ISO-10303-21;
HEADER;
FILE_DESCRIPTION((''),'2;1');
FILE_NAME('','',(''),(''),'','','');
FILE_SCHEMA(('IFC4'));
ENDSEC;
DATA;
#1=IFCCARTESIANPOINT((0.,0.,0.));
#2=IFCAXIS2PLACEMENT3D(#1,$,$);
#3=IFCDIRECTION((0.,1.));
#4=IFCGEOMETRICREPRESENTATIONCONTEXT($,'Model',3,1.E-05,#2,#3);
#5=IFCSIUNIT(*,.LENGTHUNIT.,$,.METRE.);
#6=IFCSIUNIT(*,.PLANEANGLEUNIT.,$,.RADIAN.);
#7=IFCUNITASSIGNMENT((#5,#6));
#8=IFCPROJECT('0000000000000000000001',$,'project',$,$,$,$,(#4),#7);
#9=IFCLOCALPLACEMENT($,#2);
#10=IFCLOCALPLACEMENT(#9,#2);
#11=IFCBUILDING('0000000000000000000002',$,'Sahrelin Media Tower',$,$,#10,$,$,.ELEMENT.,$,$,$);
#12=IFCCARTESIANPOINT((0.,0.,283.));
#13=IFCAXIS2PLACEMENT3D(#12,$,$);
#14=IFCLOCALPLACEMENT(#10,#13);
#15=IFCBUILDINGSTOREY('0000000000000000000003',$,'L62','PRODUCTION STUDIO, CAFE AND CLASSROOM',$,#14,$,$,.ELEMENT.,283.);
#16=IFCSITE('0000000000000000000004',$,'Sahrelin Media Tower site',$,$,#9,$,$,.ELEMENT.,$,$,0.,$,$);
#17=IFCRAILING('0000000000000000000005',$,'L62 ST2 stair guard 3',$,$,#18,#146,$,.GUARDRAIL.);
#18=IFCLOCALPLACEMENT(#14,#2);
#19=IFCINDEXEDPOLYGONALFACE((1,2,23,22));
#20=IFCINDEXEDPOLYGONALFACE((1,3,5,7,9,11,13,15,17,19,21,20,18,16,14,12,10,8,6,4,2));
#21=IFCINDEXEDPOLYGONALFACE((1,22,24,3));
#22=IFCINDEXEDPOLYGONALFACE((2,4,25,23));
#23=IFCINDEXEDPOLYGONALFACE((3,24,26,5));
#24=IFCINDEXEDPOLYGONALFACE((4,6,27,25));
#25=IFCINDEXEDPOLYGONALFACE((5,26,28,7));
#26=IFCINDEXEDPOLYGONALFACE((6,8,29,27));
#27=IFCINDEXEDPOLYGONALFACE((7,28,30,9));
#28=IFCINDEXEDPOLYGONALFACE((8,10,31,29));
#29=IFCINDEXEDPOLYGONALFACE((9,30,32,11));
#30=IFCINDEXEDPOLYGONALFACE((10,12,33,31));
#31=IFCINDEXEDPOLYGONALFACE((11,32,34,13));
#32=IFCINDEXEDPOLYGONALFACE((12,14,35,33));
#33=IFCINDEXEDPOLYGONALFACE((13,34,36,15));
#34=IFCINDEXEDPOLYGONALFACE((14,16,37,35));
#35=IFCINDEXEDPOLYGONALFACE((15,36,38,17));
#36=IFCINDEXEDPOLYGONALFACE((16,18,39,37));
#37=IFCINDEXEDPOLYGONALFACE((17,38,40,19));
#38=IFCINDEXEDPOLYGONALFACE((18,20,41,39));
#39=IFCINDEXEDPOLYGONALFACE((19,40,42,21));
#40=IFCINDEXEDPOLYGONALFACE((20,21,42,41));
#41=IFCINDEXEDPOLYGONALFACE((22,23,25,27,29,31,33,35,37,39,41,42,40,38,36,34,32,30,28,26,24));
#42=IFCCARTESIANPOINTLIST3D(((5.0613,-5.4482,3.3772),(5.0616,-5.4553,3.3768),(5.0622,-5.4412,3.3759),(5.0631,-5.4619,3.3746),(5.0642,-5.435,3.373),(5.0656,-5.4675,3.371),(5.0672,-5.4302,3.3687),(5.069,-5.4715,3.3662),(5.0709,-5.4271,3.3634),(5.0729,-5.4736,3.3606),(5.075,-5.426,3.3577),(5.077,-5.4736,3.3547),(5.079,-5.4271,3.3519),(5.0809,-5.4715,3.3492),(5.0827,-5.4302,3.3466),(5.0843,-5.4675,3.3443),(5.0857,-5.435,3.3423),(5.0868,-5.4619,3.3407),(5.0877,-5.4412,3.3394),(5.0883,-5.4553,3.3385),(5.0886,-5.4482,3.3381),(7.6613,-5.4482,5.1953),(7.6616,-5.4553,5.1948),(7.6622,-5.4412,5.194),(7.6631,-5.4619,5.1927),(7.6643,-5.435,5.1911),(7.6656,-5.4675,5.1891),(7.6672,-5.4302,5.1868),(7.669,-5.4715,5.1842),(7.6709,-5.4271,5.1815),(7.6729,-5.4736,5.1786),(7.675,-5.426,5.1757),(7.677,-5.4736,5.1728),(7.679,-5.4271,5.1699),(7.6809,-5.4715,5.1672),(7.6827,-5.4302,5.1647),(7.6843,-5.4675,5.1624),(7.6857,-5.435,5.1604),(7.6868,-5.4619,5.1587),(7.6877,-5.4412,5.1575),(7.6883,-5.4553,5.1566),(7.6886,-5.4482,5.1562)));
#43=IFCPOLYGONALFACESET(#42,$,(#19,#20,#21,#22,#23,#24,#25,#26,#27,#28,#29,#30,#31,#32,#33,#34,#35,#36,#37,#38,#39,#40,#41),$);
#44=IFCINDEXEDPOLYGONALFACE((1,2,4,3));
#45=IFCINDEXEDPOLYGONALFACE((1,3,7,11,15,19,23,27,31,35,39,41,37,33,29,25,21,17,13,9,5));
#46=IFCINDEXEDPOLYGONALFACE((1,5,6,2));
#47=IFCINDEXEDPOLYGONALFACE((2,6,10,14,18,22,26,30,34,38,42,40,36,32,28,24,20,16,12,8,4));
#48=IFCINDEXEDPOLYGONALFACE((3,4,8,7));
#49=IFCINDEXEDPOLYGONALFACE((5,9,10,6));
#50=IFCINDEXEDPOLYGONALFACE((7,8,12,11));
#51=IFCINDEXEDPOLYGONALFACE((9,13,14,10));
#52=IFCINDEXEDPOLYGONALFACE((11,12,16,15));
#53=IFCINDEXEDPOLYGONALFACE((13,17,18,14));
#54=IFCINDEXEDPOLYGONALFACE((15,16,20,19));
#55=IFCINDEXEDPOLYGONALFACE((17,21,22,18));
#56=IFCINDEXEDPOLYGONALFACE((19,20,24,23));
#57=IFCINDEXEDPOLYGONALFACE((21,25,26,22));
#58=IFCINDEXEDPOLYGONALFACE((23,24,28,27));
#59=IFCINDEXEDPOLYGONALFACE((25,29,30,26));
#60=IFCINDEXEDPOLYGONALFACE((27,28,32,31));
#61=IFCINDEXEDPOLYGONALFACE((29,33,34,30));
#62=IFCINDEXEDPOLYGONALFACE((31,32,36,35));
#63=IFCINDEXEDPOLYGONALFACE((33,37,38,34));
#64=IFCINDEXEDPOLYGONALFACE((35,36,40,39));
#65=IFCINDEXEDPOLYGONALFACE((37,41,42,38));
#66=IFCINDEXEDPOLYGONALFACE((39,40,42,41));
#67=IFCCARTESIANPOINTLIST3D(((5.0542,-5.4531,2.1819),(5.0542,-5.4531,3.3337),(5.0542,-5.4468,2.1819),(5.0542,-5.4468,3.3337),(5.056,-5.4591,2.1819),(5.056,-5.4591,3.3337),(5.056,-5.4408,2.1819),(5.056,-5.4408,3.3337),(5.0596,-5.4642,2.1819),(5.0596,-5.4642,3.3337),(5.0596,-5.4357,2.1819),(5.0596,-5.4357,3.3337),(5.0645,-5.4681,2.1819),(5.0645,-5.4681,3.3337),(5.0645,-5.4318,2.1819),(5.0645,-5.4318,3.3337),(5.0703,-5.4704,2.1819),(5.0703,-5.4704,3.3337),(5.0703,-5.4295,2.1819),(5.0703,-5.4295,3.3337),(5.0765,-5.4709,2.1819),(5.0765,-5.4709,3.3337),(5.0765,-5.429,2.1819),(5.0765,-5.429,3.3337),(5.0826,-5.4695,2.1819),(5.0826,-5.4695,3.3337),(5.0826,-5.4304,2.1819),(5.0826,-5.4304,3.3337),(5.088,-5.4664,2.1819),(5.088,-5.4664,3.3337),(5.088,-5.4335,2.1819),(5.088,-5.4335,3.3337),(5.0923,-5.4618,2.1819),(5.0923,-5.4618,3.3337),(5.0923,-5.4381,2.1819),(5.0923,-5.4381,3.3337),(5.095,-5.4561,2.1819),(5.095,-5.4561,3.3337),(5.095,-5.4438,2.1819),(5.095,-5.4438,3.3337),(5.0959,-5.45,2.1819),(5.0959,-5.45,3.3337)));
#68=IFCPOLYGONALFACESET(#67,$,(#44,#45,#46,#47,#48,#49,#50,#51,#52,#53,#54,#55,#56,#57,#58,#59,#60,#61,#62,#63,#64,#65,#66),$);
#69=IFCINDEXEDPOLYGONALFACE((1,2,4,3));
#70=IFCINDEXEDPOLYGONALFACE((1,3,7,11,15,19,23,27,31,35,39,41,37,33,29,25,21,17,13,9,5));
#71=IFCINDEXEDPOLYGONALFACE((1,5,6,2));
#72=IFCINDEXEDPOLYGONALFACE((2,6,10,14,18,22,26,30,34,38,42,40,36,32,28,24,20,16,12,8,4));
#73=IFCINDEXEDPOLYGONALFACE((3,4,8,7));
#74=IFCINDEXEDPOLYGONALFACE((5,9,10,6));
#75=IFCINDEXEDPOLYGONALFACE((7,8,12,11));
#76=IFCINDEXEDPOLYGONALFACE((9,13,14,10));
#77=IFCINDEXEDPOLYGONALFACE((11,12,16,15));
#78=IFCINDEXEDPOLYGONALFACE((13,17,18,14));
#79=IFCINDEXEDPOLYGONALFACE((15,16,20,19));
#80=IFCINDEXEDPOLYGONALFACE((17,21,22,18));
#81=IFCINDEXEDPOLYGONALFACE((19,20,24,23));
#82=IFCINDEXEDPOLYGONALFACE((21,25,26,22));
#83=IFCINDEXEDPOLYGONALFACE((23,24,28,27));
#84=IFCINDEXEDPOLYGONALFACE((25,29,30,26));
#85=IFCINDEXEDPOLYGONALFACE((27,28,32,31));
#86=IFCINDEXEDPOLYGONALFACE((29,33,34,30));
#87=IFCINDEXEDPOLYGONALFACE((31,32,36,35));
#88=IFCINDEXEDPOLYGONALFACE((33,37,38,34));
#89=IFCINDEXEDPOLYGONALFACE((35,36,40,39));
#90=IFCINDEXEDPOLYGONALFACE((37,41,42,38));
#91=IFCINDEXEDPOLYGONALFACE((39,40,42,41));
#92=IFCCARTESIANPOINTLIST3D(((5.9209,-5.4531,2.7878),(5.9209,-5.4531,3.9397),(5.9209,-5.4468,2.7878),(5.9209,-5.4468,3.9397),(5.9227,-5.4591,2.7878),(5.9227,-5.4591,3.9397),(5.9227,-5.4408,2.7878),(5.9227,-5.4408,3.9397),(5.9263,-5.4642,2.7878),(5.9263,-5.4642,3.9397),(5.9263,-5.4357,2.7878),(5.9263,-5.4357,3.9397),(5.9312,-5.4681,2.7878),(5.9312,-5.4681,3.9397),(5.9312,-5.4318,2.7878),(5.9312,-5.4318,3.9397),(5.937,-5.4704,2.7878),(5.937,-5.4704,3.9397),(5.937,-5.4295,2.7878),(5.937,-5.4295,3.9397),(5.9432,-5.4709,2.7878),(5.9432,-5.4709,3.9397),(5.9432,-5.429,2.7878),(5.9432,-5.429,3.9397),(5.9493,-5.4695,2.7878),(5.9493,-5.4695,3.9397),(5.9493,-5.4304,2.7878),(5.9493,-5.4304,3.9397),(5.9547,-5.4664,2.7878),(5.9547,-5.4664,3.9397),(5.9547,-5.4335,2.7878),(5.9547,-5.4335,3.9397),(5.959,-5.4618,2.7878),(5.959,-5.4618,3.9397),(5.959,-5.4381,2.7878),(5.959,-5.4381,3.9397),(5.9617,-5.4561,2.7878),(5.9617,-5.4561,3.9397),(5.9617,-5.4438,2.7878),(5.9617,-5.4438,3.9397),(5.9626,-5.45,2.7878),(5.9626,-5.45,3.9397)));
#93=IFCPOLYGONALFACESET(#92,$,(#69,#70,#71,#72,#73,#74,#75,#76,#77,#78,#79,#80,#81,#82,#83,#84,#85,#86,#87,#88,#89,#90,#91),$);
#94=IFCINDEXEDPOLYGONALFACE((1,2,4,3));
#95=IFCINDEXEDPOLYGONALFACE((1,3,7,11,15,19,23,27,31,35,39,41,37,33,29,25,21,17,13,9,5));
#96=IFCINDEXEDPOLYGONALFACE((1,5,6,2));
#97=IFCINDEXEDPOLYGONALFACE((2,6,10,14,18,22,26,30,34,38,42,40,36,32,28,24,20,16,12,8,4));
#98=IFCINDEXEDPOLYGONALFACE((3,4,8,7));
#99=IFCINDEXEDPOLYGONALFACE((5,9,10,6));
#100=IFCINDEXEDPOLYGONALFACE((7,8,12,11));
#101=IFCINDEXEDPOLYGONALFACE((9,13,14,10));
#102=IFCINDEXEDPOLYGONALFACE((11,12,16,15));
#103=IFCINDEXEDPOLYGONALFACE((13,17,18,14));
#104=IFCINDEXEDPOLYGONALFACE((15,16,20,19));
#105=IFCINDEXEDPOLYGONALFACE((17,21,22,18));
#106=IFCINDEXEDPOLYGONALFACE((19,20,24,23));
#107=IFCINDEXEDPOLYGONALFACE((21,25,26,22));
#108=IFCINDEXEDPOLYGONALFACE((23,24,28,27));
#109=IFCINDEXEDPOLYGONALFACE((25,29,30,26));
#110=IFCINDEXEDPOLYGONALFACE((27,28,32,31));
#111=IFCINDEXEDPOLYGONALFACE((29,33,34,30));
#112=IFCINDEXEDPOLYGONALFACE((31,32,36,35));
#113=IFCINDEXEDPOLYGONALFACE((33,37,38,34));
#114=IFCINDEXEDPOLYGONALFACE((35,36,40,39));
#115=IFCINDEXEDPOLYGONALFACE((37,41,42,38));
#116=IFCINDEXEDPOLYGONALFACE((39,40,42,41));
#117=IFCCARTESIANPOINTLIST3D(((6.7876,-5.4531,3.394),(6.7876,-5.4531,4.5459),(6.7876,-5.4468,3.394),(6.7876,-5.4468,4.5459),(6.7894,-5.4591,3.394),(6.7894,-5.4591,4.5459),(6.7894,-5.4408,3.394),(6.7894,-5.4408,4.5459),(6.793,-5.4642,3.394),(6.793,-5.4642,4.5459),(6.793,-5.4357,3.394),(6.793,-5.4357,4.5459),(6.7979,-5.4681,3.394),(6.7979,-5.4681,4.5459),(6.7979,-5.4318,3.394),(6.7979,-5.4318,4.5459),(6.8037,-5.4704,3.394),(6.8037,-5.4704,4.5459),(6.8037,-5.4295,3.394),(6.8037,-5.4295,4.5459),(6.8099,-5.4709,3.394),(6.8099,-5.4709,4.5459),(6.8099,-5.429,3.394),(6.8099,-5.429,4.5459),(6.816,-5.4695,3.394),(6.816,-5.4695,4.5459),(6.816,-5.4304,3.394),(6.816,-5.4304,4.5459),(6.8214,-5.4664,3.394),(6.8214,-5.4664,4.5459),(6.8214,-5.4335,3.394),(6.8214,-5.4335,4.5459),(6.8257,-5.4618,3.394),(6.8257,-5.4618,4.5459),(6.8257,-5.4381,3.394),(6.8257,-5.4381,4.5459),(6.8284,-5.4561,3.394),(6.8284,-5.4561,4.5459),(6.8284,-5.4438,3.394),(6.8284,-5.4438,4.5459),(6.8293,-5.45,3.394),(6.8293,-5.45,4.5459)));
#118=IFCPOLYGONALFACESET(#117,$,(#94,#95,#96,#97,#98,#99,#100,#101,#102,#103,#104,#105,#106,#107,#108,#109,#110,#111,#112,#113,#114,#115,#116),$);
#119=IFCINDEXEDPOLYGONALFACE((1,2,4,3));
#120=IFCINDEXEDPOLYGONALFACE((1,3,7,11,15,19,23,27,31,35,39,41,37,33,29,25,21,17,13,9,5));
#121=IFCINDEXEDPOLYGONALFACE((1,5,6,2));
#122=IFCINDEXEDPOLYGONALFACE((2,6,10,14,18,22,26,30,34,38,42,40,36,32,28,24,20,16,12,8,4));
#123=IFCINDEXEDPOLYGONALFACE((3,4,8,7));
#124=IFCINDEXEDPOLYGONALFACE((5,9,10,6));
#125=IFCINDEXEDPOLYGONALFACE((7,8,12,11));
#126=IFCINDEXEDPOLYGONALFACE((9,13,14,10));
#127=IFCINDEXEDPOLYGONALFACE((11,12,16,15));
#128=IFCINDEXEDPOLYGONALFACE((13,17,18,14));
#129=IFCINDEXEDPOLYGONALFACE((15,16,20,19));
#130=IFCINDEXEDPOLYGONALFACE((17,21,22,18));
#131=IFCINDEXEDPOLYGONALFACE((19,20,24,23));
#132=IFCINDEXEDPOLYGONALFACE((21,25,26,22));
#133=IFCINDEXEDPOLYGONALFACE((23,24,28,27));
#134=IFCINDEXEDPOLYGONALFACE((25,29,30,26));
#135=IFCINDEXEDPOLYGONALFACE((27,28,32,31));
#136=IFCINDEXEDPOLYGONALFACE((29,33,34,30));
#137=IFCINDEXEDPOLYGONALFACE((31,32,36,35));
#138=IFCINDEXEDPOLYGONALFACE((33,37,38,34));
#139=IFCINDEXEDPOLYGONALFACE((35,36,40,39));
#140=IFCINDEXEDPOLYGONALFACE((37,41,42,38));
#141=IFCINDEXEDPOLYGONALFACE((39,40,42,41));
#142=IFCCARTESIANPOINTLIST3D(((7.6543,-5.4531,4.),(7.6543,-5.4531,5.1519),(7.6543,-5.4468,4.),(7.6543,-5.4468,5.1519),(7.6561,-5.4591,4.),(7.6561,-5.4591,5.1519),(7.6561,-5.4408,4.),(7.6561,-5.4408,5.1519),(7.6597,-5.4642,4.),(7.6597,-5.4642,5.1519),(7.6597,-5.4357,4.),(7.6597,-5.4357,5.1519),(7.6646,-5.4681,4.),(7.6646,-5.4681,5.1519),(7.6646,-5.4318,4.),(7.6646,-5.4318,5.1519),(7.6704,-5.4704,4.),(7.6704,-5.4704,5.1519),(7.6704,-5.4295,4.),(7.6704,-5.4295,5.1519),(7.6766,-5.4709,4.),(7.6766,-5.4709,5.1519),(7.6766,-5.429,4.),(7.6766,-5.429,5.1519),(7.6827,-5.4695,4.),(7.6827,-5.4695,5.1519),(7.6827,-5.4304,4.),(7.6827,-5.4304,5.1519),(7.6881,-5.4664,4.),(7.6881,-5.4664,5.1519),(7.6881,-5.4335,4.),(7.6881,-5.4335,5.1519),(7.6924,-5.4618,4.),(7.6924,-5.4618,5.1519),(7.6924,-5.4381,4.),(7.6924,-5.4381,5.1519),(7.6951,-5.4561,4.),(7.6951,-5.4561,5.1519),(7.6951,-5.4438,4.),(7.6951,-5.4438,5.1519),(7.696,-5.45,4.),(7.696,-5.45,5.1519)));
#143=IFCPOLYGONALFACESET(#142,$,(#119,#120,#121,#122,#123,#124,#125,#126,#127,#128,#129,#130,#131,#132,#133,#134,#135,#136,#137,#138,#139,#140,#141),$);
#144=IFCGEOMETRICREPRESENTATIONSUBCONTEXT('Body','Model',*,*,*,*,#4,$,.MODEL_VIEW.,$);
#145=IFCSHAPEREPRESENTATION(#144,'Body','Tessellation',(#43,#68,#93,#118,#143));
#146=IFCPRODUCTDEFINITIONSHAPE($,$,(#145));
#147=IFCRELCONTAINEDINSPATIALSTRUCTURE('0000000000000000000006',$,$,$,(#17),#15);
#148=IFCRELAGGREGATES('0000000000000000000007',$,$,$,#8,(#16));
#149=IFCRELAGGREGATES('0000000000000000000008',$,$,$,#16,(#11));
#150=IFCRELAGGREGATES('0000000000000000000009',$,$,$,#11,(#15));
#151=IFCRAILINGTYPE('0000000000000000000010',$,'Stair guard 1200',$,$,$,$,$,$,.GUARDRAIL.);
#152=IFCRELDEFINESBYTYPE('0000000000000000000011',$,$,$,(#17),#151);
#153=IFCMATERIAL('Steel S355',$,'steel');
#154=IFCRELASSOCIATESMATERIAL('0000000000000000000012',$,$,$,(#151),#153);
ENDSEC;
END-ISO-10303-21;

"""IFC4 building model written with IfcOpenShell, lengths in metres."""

from ifc_helpers import new_model, si_unit, direction, frame, origin, origin_2d, place, context, subcontext, project, spatial, circle, extrude, material, type_object, element, save


model = new_model("IFC4")

# Units and contexts
model_context = context("Model", 3, precision=1e-05, world=origin(), true_north=direction((0.0, 1.0)))
body_context = subcontext(model_context, "Body", "Model", "MODEL_VIEW")
ifc_project = project(units=[si_unit("LENGTHUNIT", "METRE"), si_unit("PLANEANGLEUNIT", "RADIAN")], contexts=[model_context])

# Site, building, storey
site_placement = place(None, origin())
site = spatial("IfcSite", under=ifc_project, at=site_placement, Name="Sahrelin Media Tower site", CompositionType="ELEMENT", RefElevation=0.0)
building_placement = place(site_placement, origin())
building = spatial("IfcBuilding", under=site, at=building_placement, Name="Sahrelin Media Tower", CompositionType="ELEMENT")
storey_placement = place(building_placement, frame((0.0, 0.0, 283.0)))
storey = spatial("IfcBuildingStorey", under=building, at=storey_placement, Name="L62", Description="PRODUCTION STUDIO, CAFE AND CLASSROOM", CompositionType="ELEMENT", Elevation=283.0)

# Shared definitions
ifc_material_1 = material(Name="Steel S355", Category="steel")

# Railing
railing_type_1 = type_object("IfcRailingType", Name="Stair guard 1200", PredefinedType="GUARDRAIL", material=ifc_material_1)
railing_1_placement = place(storey_placement, frame((5.075, -5.45, 2.1819)))
element("IfcRailing", 1, at=railing_1_placement, inside=storey, type_object=railing_type_1, Name="L62 ST2 stair guard 3", PredefinedType="GUARDRAIL", context=body_context, shape_type="SweptSolid", body=[
    extrude(circle(Radius=0.0239, at=origin_2d()), frame((0.0, 0.0, 1.1758), z_axis=(0.819521, 0.0, 0.573049), x_axis=(0.0, 1.0, 0.0)), (0.0, 0.0, 1.0), 3.1726),
    extrude(circle(Radius=0.021, at=origin_2d()), origin(), (0.0, 0.0, 1.0), 1.1519),
    extrude(circle(Radius=0.021, at=origin_2d()), frame((0.8667, 0.0, 0.606)), (0.0, 0.0, 1.0), 1.1519),
    extrude(circle(Radius=0.021, at=origin_2d()), frame((1.7334, 0.0, 1.2122)), (0.0, 0.0, 1.0), 1.1519),
    extrude(circle(Radius=0.021, at=origin_2d()), frame((2.6001, 0.0, 1.8181)), (0.0, 0.0, 1.0), 1.1519),
])

save(model, "model.ifc")
